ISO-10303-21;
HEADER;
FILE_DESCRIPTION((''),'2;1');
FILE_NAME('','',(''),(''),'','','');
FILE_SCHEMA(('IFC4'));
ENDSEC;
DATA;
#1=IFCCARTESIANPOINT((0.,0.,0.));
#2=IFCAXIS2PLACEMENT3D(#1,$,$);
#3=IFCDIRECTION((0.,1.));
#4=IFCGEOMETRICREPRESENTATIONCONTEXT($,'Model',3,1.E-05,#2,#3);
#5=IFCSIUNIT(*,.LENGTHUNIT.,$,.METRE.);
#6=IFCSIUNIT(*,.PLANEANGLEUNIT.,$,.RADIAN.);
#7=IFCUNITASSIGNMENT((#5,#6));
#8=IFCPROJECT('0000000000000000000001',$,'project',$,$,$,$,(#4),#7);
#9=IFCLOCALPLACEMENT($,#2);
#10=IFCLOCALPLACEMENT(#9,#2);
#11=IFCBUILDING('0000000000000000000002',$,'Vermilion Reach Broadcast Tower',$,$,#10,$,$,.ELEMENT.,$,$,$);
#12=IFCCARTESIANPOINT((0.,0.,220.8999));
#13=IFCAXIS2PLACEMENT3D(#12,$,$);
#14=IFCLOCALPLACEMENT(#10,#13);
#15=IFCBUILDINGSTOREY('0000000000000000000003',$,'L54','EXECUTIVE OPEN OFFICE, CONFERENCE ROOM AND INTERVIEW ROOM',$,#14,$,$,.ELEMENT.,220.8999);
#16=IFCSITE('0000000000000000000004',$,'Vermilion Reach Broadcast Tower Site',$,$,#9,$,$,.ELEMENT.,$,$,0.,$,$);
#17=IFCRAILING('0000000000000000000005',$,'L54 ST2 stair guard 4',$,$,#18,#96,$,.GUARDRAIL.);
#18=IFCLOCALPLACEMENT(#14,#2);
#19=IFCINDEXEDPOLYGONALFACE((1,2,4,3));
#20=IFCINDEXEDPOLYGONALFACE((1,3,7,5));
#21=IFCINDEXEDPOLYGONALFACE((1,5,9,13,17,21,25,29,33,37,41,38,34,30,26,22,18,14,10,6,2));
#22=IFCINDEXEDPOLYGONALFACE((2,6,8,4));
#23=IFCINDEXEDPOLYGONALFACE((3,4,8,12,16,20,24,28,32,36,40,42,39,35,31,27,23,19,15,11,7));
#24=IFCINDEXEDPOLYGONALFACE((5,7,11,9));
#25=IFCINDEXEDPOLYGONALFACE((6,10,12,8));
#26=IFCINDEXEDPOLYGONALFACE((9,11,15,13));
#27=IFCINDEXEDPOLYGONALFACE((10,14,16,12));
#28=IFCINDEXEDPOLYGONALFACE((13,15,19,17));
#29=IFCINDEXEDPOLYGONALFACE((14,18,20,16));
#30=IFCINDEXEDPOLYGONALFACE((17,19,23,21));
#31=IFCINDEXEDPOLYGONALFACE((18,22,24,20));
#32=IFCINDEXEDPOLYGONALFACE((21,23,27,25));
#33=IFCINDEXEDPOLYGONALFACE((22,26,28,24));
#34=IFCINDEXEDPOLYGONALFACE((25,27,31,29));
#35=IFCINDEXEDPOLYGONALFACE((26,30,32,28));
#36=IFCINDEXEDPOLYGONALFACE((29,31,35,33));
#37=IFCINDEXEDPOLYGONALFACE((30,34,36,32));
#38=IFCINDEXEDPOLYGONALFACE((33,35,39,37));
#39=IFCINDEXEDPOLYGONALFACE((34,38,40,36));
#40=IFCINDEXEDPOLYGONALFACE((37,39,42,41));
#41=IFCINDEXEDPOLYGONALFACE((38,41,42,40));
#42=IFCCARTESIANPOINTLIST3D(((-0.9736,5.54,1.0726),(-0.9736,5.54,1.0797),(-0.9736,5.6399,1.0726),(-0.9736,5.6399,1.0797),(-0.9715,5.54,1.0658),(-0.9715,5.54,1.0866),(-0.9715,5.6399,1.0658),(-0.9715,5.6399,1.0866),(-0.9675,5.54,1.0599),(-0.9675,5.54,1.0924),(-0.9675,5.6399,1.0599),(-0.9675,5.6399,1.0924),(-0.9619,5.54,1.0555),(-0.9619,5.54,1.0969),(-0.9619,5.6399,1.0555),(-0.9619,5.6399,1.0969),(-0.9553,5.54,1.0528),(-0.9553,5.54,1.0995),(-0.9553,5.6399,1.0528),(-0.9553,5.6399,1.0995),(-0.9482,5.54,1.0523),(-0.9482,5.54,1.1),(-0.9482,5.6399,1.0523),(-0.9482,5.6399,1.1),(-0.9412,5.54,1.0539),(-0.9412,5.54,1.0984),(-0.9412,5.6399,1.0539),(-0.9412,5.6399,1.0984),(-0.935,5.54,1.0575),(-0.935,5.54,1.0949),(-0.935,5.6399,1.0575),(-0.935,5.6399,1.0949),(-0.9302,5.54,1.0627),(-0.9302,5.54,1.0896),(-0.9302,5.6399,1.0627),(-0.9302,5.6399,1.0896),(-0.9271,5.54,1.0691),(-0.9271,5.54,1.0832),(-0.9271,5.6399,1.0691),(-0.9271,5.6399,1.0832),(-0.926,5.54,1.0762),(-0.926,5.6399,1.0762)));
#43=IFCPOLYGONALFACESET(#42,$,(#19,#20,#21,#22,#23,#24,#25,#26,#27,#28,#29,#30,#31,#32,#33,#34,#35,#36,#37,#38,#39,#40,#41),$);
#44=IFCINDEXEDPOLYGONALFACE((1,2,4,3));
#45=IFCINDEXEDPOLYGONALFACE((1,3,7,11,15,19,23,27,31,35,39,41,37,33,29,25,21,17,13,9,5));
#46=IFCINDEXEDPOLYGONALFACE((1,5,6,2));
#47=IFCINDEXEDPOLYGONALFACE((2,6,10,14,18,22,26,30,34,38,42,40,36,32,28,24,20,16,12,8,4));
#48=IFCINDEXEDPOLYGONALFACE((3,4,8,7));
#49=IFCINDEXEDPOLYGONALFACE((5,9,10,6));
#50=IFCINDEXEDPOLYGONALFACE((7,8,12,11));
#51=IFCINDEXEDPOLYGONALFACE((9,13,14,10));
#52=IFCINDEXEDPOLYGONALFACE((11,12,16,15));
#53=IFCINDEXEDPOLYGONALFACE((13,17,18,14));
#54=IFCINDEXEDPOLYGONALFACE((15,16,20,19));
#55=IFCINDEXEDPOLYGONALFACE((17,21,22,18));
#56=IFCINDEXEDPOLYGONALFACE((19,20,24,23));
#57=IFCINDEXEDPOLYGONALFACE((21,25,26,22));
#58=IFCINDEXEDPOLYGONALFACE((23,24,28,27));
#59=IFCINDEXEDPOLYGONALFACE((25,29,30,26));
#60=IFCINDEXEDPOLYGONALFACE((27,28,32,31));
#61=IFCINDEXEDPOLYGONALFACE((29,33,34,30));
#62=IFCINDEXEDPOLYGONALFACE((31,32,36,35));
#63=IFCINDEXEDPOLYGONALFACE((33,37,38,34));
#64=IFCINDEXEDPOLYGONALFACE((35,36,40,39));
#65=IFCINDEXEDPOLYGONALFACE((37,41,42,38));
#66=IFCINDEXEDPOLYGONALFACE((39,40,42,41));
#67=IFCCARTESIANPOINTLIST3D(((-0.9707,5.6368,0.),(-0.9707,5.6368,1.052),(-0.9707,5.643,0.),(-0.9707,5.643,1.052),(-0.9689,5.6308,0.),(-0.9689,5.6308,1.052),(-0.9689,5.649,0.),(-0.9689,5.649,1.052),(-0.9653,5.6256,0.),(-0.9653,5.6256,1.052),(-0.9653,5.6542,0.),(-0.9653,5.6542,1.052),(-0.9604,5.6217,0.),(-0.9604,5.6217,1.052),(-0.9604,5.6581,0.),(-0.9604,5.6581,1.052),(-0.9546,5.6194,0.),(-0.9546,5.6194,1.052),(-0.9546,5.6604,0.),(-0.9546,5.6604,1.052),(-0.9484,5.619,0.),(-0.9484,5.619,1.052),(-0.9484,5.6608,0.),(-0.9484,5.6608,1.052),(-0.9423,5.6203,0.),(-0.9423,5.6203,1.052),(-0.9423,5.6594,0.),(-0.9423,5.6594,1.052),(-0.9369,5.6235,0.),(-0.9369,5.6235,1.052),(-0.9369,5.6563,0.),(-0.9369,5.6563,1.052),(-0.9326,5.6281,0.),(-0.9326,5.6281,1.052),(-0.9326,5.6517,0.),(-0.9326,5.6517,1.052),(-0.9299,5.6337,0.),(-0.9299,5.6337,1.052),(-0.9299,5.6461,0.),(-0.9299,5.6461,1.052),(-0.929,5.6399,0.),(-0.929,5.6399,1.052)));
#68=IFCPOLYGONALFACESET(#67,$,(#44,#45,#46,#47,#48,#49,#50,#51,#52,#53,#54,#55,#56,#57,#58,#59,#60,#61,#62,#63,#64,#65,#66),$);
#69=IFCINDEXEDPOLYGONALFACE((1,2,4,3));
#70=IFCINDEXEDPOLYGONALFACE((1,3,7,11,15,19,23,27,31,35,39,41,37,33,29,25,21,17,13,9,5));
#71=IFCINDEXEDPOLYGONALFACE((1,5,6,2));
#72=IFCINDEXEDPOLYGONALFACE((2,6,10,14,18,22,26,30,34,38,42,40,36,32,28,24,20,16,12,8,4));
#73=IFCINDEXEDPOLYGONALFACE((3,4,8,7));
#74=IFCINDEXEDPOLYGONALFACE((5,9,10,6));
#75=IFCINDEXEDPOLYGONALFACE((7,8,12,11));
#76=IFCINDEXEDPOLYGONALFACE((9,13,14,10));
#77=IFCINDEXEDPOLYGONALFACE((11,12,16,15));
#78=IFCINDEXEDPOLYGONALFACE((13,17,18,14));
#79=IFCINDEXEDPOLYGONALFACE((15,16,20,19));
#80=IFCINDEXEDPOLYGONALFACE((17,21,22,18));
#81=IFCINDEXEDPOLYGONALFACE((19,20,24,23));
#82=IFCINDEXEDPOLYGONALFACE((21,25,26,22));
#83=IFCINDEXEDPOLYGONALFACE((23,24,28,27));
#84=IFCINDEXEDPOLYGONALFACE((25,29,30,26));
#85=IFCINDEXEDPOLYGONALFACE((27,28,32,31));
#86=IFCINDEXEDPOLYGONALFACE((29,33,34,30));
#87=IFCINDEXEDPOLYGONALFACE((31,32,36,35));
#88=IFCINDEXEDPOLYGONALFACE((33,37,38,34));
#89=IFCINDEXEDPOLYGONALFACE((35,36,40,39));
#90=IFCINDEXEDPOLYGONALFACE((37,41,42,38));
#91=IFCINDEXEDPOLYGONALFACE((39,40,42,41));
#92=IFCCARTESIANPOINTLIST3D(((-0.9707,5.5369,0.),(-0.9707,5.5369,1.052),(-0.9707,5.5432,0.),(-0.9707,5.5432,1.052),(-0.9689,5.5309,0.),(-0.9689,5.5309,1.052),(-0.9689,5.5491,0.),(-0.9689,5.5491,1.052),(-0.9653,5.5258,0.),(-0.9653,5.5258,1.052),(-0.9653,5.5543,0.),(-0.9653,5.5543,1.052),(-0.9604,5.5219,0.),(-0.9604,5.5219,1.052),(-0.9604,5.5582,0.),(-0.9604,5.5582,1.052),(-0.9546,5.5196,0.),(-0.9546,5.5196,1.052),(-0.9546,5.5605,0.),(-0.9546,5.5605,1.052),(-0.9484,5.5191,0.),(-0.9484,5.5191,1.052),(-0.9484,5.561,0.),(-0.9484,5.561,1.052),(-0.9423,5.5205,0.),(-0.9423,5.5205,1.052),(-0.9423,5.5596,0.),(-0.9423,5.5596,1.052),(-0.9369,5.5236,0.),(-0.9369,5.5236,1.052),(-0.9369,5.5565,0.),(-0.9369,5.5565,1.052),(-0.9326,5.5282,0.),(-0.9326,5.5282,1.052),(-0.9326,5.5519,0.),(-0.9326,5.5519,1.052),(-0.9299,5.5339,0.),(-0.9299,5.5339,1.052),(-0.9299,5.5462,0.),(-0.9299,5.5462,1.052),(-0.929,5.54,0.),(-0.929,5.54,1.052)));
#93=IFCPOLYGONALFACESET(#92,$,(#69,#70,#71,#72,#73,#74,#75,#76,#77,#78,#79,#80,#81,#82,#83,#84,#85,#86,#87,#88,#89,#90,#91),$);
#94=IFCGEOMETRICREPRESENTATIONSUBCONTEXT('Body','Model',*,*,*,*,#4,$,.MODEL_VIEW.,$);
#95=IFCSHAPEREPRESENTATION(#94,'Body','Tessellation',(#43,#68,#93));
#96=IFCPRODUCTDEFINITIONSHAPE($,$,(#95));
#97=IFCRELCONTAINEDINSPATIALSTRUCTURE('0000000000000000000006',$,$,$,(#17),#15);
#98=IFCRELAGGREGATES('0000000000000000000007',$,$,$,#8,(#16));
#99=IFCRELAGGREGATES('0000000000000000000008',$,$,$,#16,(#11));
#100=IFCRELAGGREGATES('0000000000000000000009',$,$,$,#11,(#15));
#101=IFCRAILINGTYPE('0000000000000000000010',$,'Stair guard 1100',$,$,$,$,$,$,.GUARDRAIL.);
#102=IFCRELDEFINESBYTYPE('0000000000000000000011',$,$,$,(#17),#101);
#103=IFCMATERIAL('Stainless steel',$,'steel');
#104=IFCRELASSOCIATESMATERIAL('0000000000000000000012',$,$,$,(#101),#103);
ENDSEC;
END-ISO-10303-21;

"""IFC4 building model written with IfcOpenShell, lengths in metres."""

from ifc_helpers import new_model, si_unit, direction, frame, origin, origin_2d, place, context, subcontext, project, spatial, circle, extrude, material, type_object, element, save


model = new_model("IFC4")

# Units and contexts
model_context = context("Model", 3, precision=1e-05, world=origin(), true_north=direction((0.0, 1.0)))
body_context = subcontext(model_context, "Body", "Model", "MODEL_VIEW")
ifc_project = project(units=[si_unit("LENGTHUNIT", "METRE"), si_unit("PLANEANGLEUNIT", "RADIAN")], contexts=[model_context])

# Site, building, storey
site_placement = place(None, origin())
site = spatial("IfcSite", under=ifc_project, at=site_placement, Name="Vermilion Reach Broadcast Tower Site", CompositionType="ELEMENT", RefElevation=0.0)
building_placement = place(site_placement, origin())
building = spatial("IfcBuilding", under=site, at=building_placement, Name="Vermilion Reach Broadcast Tower", CompositionType="ELEMENT")
storey_placement = place(building_placement, frame((0.0, 0.0, 220.8999)))
storey = spatial("IfcBuildingStorey", under=building, at=storey_placement, Name="L54", Description="EXECUTIVE OPEN OFFICE, CONFERENCE ROOM AND INTERVIEW ROOM", CompositionType="ELEMENT", Elevation=220.8999)

# Railing
ifc_material_1 = material(Name="Stainless steel", Category="steel")
railing_type_1 = type_object("IfcRailingType", Name="Stair guard 1100", PredefinedType="GUARDRAIL", material=ifc_material_1)
railing_1_placement = place(storey_placement, frame((-0.95, 5.6399, 0.0)))
element("IfcRailing", 1, at=railing_1_placement, inside=storey, type_object=railing_type_1, Name="L54 ST2 stair guard 4", PredefinedType="GUARDRAIL", context=body_context, shape_type="SweptSolid", body=[
    extrude(circle(Radius=0.0239, at=origin_2d()), frame((0.0, 0.0, 1.0762), z_axis=(0.0, -1.0, 0.0), x_axis=(1.0, 0.0, 0.0)), (0.0, 0.0, 1.0), 0.0999),
    extrude(circle(Radius=0.021, at=origin_2d()), origin(), (0.0, 0.0, 1.0), 1.052),
    extrude(circle(Radius=0.021, at=origin_2d()), frame((0.0, -0.0999, 0.0)), (0.0, 0.0, 1.0), 1.052),
])

save(model, "model.ifc")
